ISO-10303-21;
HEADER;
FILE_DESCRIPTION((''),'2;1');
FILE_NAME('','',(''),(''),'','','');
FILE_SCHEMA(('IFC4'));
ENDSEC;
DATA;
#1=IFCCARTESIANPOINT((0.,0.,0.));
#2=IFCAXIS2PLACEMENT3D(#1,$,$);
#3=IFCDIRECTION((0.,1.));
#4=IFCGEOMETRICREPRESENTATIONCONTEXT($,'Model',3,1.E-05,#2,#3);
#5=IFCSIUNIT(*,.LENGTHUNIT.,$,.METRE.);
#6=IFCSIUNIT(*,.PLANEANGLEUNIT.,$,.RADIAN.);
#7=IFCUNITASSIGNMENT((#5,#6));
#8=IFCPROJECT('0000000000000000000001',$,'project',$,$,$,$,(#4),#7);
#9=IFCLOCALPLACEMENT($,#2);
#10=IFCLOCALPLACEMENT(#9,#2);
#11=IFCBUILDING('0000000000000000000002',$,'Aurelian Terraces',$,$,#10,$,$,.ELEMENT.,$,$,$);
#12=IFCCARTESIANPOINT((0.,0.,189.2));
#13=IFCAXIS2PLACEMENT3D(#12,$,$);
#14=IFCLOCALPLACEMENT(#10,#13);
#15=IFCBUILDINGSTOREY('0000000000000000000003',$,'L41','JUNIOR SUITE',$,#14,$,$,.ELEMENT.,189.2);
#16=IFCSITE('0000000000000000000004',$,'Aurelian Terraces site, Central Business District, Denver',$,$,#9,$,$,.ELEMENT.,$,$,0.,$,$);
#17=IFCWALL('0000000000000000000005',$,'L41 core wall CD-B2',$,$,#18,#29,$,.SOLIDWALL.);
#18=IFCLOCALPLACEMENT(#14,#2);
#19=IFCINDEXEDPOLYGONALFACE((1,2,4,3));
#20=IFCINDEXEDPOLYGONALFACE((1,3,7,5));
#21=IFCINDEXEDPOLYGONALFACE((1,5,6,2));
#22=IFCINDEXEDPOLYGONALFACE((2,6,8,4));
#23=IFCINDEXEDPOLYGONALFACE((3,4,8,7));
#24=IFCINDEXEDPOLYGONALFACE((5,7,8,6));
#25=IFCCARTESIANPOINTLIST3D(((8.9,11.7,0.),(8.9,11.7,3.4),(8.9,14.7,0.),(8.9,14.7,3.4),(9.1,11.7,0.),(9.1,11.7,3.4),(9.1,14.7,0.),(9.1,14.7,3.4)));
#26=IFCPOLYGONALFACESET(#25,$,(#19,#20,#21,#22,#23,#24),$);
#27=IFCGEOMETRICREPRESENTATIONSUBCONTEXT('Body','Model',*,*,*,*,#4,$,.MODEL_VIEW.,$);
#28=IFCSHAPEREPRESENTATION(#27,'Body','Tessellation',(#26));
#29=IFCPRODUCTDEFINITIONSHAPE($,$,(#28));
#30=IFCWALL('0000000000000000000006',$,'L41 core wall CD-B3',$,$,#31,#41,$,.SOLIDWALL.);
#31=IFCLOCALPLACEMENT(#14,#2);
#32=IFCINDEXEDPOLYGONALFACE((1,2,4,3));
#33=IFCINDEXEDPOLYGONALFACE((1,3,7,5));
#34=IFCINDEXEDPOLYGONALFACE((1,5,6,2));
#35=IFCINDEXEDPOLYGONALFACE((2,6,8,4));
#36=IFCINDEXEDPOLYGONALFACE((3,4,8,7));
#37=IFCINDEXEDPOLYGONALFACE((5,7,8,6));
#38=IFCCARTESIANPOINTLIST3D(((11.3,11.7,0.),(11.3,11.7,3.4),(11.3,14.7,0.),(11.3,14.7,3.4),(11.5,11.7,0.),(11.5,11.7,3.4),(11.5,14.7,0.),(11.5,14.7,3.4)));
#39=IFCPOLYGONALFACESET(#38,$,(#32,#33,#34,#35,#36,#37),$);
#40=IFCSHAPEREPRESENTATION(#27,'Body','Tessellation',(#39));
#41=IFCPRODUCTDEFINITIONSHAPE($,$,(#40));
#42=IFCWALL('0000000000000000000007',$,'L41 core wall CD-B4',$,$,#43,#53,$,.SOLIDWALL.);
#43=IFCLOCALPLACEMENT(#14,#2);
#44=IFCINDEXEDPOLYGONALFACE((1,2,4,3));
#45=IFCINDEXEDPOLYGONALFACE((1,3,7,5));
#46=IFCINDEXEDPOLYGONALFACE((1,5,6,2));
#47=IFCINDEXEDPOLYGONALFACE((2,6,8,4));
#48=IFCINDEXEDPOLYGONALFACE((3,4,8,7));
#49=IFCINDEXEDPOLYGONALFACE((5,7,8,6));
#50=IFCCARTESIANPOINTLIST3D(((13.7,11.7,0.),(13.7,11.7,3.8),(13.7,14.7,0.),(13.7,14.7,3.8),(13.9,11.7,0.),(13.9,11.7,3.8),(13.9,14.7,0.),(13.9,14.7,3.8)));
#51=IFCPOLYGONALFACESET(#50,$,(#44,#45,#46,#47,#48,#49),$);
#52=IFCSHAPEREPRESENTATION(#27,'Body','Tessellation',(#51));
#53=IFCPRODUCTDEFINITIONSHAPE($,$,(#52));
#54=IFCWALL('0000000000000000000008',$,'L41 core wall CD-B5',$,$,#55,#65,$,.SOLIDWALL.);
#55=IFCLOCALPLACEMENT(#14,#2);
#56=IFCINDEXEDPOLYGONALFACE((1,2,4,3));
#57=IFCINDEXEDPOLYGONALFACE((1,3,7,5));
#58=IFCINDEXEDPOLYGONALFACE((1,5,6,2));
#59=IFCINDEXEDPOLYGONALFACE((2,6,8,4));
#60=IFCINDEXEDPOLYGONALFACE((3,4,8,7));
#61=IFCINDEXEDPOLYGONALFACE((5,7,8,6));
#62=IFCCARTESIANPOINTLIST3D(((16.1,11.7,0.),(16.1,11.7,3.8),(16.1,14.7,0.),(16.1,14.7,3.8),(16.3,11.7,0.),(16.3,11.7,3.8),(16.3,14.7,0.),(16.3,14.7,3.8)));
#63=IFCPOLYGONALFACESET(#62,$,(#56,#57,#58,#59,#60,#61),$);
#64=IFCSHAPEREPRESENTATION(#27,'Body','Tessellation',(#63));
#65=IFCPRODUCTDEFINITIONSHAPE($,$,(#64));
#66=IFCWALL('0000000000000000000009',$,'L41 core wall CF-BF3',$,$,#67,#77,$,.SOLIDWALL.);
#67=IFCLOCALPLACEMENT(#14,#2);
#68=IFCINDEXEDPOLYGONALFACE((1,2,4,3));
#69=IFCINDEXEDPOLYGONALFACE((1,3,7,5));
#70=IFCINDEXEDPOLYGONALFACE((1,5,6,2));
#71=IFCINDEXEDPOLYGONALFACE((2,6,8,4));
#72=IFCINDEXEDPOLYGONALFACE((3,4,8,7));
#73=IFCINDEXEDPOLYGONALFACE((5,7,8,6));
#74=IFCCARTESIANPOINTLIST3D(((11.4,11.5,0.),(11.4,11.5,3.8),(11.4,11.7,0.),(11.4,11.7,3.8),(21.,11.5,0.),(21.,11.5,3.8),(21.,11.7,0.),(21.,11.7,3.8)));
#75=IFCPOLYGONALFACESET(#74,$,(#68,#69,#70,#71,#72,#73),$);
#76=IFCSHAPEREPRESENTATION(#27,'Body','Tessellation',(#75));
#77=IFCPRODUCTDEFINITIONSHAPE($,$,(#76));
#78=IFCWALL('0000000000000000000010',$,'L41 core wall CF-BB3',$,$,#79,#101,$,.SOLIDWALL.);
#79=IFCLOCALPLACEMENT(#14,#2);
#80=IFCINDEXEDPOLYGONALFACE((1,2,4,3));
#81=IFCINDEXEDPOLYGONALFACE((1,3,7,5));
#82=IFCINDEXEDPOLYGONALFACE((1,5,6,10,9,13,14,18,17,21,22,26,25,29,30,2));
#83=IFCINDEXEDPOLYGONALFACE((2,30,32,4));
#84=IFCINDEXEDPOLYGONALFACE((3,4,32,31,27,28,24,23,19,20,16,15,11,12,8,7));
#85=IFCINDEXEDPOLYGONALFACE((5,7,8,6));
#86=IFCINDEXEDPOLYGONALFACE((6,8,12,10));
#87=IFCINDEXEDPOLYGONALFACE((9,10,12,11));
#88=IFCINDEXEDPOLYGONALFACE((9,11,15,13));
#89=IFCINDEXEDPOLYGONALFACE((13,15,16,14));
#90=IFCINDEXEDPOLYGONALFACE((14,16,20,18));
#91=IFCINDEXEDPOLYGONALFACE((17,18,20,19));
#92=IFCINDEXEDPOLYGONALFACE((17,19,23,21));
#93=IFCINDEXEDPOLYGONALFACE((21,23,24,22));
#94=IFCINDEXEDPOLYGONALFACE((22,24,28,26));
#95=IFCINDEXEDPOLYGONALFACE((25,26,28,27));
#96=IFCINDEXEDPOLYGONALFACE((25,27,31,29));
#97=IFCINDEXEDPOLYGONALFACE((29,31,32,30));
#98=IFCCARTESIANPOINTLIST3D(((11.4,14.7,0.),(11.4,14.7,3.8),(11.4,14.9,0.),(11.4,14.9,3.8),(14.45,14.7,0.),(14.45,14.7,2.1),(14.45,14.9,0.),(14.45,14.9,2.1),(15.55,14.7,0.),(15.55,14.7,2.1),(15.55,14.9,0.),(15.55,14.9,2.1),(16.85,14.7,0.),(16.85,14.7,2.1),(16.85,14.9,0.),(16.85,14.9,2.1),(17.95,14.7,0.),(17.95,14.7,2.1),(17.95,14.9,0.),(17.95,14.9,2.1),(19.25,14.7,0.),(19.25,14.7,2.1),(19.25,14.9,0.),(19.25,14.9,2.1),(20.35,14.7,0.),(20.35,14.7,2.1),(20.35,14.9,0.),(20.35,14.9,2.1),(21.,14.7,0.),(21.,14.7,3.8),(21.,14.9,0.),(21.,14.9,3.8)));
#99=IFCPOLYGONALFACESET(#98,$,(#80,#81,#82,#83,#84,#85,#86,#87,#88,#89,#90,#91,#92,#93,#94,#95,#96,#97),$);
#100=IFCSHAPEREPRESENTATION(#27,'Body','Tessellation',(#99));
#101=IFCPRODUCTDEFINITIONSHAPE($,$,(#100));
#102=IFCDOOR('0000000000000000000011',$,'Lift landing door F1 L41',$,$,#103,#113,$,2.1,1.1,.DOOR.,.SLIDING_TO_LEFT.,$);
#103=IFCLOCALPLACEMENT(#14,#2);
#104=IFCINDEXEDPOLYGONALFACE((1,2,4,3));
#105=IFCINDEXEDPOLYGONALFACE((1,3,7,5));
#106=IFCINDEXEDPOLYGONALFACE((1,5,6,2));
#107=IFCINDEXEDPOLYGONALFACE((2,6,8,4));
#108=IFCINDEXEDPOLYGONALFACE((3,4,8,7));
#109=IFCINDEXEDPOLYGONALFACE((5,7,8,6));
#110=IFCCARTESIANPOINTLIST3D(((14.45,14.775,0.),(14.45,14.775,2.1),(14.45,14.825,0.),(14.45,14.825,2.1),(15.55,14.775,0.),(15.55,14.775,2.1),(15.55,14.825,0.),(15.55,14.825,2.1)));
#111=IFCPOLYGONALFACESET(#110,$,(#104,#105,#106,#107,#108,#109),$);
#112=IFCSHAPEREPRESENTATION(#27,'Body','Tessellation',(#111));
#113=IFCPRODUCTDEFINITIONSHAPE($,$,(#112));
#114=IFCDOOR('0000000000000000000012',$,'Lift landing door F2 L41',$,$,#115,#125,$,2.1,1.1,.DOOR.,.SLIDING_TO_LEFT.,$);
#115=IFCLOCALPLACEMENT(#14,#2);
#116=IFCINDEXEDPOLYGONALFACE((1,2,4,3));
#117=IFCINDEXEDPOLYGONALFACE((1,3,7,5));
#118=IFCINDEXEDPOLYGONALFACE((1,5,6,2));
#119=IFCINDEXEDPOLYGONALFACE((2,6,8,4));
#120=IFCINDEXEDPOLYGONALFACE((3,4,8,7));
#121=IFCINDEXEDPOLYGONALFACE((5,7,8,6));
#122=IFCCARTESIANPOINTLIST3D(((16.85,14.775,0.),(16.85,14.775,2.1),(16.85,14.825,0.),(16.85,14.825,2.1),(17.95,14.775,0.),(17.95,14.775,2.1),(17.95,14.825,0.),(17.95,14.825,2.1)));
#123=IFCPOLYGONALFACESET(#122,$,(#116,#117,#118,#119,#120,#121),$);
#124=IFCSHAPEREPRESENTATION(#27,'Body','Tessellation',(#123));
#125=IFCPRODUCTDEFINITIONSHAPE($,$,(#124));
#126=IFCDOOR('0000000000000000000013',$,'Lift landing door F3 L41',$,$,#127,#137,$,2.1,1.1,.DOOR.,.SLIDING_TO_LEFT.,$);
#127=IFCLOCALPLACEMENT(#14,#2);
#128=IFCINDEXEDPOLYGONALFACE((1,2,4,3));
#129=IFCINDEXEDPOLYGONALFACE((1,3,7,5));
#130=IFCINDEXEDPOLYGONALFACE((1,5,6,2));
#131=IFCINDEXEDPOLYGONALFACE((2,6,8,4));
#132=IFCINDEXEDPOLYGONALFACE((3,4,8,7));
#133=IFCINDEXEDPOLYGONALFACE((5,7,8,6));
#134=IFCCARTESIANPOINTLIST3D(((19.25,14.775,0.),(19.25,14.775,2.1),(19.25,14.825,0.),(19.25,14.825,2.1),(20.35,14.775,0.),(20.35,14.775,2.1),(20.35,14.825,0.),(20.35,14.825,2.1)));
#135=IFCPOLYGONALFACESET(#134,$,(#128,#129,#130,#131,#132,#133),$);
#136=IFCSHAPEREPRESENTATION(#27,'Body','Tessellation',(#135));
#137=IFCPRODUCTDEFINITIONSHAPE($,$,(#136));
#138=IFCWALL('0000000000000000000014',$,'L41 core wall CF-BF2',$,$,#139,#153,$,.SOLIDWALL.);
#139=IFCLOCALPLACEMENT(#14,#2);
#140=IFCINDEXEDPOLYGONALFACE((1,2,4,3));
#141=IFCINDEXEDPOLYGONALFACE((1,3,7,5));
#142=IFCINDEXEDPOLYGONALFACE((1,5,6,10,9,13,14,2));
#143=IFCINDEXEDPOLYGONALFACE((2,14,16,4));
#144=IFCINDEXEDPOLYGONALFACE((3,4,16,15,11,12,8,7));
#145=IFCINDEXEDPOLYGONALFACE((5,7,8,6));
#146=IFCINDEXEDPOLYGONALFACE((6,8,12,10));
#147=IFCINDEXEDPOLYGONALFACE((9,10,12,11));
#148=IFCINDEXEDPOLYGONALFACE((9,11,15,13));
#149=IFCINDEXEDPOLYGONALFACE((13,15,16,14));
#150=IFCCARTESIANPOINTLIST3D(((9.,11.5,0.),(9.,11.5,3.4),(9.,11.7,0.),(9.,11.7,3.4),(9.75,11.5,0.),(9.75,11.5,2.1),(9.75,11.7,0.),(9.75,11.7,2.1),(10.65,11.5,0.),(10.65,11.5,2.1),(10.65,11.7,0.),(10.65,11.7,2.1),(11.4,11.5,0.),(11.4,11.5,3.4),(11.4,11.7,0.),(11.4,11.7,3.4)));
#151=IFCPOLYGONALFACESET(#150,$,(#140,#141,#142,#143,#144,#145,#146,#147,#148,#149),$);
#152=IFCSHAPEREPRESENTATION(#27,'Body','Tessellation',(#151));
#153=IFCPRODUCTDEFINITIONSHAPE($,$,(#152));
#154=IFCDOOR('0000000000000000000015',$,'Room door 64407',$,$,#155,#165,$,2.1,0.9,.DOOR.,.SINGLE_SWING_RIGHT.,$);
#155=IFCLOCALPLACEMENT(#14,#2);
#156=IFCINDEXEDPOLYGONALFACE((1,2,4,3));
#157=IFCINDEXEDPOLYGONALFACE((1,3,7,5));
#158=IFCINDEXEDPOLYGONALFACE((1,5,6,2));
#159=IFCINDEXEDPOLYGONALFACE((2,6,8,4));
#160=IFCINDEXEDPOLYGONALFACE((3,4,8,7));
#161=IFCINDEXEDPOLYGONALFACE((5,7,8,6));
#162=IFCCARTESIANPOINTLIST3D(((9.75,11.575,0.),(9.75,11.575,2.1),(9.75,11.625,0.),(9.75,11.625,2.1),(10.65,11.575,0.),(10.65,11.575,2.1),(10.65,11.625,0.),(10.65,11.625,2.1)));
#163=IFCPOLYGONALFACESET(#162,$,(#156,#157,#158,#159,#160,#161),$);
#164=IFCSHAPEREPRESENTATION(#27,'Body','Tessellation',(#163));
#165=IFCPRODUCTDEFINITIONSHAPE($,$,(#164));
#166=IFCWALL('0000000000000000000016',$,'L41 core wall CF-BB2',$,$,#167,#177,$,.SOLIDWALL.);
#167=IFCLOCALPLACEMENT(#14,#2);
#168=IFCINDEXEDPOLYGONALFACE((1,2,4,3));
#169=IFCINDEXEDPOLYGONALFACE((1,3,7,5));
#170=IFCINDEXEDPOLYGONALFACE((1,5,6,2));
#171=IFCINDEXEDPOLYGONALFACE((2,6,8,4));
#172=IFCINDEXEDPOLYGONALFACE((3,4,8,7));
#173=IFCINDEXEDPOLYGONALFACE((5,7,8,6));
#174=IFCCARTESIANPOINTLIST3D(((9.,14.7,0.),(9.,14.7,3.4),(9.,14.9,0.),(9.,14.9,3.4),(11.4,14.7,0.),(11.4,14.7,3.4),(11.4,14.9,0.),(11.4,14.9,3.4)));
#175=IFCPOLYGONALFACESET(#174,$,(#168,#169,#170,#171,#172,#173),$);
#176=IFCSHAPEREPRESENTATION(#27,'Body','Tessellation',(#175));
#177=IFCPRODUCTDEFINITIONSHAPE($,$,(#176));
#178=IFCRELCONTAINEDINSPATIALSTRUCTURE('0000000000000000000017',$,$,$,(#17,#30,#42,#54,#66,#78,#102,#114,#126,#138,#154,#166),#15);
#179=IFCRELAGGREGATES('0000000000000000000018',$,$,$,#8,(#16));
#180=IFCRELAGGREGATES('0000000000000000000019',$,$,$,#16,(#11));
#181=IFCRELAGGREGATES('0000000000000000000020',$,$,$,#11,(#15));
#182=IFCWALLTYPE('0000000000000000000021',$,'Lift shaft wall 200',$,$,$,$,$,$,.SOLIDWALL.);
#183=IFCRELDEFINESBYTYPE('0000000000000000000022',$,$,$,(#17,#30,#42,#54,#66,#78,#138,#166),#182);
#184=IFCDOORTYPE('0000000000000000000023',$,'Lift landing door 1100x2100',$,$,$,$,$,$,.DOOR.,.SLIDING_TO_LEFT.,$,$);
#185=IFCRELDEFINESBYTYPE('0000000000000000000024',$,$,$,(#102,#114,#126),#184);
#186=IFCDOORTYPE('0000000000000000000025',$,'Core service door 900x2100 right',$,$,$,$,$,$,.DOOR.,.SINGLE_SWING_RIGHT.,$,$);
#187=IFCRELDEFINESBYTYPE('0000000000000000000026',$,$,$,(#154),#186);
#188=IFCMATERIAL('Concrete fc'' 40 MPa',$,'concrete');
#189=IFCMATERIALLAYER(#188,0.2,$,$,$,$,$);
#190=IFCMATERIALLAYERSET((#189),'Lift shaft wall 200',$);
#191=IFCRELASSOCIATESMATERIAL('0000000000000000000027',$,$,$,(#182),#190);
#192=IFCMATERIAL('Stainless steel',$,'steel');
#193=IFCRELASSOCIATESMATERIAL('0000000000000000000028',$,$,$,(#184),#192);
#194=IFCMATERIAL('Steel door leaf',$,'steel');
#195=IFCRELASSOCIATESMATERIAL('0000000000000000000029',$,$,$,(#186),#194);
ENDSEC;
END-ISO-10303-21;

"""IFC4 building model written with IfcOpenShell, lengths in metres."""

from ifc_helpers import new_model, si_unit, direction, frame, frame_2d, origin, place, context, subcontext, project, spatial, rectangle, extrude, source, transform, mapped, material, layer, layer_set, type_object, element, fill, save


model = new_model("IFC4")

# Units and contexts
model_context = context("Model", 3, precision=1e-05, world=origin(), true_north=direction((0.0, 1.0)))
body_context = subcontext(model_context, "Body", "Model", "MODEL_VIEW")
ifc_project = project(units=[si_unit("LENGTHUNIT", "METRE"), si_unit("PLANEANGLEUNIT", "RADIAN")], contexts=[model_context])

# Site, building, storey
site_placement = place(None, origin())
site = spatial("IfcSite", under=ifc_project, at=site_placement, Name="Aurelian Terraces site, Central Business District, Denver", CompositionType="ELEMENT", RefElevation=0.0)
building_placement = place(site_placement, origin())
building = spatial("IfcBuilding", under=site, at=building_placement, Name="Aurelian Terraces", CompositionType="ELEMENT")
storey_placement = place(building_placement, frame((0.0, 0.0, 189.2)))
storey = spatial("IfcBuildingStorey", under=building, at=storey_placement, Name="L41", Description="JUNIOR SUITE", CompositionType="ELEMENT", Elevation=189.2)

# Walls
ifc_material_1 = material(Name="Concrete fc' 40 MPa", Category="concrete")
ifc_layer_1 = layer(ifc_material_1, 0.2)
ifc_layer_set_1 = layer_set([ifc_layer_1], Name="Lift shaft wall 200")
wall_type_1 = type_object("IfcWallType", Name="Lift shaft wall 200", PredefinedType="SOLIDWALL", material=ifc_layer_set_1)
shared_shape_1 = source(origin(), body_context, "Body", "SweptSolid", [
    extrude(rectangle(XDim=3.0, YDim=0.2, at=frame_2d((1.5, 0.0))), origin(), (0.0, 0.0, 1.0), 3.4),
])
for number, where, z_axis, x_axis, name in (
    (1, (9.0, 11.7, 0.0), (0.0, 0.0, 1.0), (0.0, 1.0, 0.0), "L41 core wall CD-B2"),
    (2, (11.4, 11.7, 0.0), (0.0, 0.0, 1.0), (0.0, 1.0, 0.0), "L41 core wall CD-B3"),
):
    element("IfcWall", number, at=place(storey_placement, frame(where, z_axis=z_axis, x_axis=x_axis)), inside=storey, type_object=wall_type_1, Name=name, PredefinedType="SOLIDWALL", context=body_context, shape_type="MappedRepresentation", body=[
        mapped(shared_shape_1, transform((0.0, 0.0, 0.0), scale=1.0)),
    ])
shared_shape_2 = source(origin(), body_context, "Body", "SweptSolid", [
    extrude(rectangle(XDim=3.0, YDim=0.2, at=frame_2d((1.5, 0.0))), origin(), (0.0, 0.0, 1.0), 3.8),
])
for number, where, z_axis, x_axis, name in (
    (3, (13.8, 11.7, 0.0), (0.0, 0.0, 1.0), (0.0, 1.0, 0.0), "L41 core wall CD-B4"),
    (4, (16.2, 11.7, 0.0), (0.0, 0.0, 1.0), (0.0, 1.0, 0.0), "L41 core wall CD-B5"),
):
    element("IfcWall", number, at=place(storey_placement, frame(where, z_axis=z_axis, x_axis=x_axis)), inside=storey, type_object=wall_type_1, Name=name, PredefinedType="SOLIDWALL", context=body_context, shape_type="MappedRepresentation", body=[
        mapped(shared_shape_2, transform((0.0, 0.0, 0.0), scale=1.0)),
    ])
shared_shape_3 = source(origin(), body_context, "Body", "SweptSolid", [
    extrude(rectangle(XDim=9.6, YDim=0.2, at=frame_2d((4.8, 0.0))), origin(), (0.0, 0.0, 1.0), 3.8),
])
wall_1_placement = place(storey_placement, frame((11.4, 11.6, 0.0), z_axis=(0.0, 0.0, 1.0), x_axis=(1.0, 0.0, 0.0)))
element("IfcWall", 5, at=wall_1_placement, inside=storey, type_object=wall_type_1, Name="L41 core wall CF-BF3", PredefinedType="SOLIDWALL", context=body_context, shape_type="MappedRepresentation", body=[
    mapped(shared_shape_3, transform((0.0, 0.0, 0.0), scale=1.0)),
])

# Wall, openings, doors
wall_2_placement = place(storey_placement, frame((11.4, 14.8, 0.0), z_axis=(0.0, 0.0, 1.0), x_axis=(1.0, 0.0, 0.0)))
wall_2 = element("IfcWall", 6, at=wall_2_placement, inside=storey, type_object=wall_type_1, Name="L41 core wall CF-BB3", PredefinedType="SOLIDWALL", context=body_context, shape_type="MappedRepresentation", body=[
    mapped(shared_shape_3, transform((0.0, 0.0, 0.0), scale=1.0)),
])
shared_shape_4 = source(origin(), body_context, "Body", "SweptSolid", [
    extrude(rectangle(XDim=1.1, YDim=2.1, at=frame_2d((0.55, 1.05))), frame((0.0, 0.11, 0.0), z_axis=(0.0, -1.0, 0.0), x_axis=(1.0, 0.0, 0.0)), (0.0, 0.0, 1.0), 0.22),
])
opening_1_placement = place(wall_2_placement, frame((3.05, 0.0, 0.0)))
opening_1 = element("IfcOpeningElement", 7, at=opening_1_placement, cuts=wall_2, PredefinedType="OPENING", context=body_context, shape_type="MappedRepresentation", body=[
    mapped(shared_shape_4, transform((0.0, 0.0, 0.0), scale=1.0)),
])
opening_2_placement = place(wall_2_placement, frame((5.45, 0.0, 0.0)))
opening_2 = element("IfcOpeningElement", 8, at=opening_2_placement, cuts=wall_2, PredefinedType="OPENING", context=body_context, shape_type="MappedRepresentation", body=[
    mapped(shared_shape_4, transform((0.0, 0.0, 0.0), scale=1.0)),
])
opening_3_placement = place(wall_2_placement, frame((7.85, 0.0, 0.0)))
opening_3 = element("IfcOpeningElement", 9, at=opening_3_placement, cuts=wall_2, PredefinedType="OPENING", context=body_context, shape_type="MappedRepresentation", body=[
    mapped(shared_shape_4, transform((0.0, 0.0, 0.0), scale=1.0)),
])
ifc_material_2 = material(Name="Stainless steel", Category="steel")
door_type_1 = type_object("IfcDoorType", Name="Lift landing door 1100x2100", OperationType="SLIDING_TO_LEFT", PredefinedType="DOOR", material=ifc_material_2)
shared_shape_5 = source(origin(), body_context, "Body", "SweptSolid", [
    extrude(rectangle(XDim=1.1, YDim=2.1, at=frame_2d((0.55, 1.05))), frame((0.0, 0.025, 0.0), z_axis=(0.0, -1.0, 0.0), x_axis=(1.0, 0.0, 0.0)), (0.0, 0.0, 1.0), 0.05),
])
door_1_placement = place(opening_1_placement, origin())
door_1 = element("IfcDoor", 10, at=door_1_placement, inside=storey, type_object=door_type_1, Name="Lift landing door F1 L41", OperationType="SLIDING_TO_LEFT", OverallHeight=2.1, OverallWidth=1.1, PredefinedType="DOOR", context=body_context, shape_type="MappedRepresentation", body=[
    mapped(shared_shape_5, transform((0.0, 0.0, 0.0), scale=1.0)),
])
fill(opening_1, door_1)
door_2_placement = place(opening_2_placement, origin())
door_2 = element("IfcDoor", 11, at=door_2_placement, inside=storey, type_object=door_type_1, Name="Lift landing door F2 L41", OperationType="SLIDING_TO_LEFT", OverallHeight=2.1, OverallWidth=1.1, PredefinedType="DOOR", context=body_context, shape_type="MappedRepresentation", body=[
    mapped(shared_shape_5, transform((0.0, 0.0, 0.0), scale=1.0)),
])
fill(opening_2, door_2)
door_3_placement = place(opening_3_placement, origin())
door_3 = element("IfcDoor", 12, at=door_3_placement, inside=storey, type_object=door_type_1, Name="Lift landing door F3 L41", OperationType="SLIDING_TO_LEFT", OverallHeight=2.1, OverallWidth=1.1, PredefinedType="DOOR", context=body_context, shape_type="MappedRepresentation", body=[
    mapped(shared_shape_5, transform((0.0, 0.0, 0.0), scale=1.0)),
])
fill(opening_3, door_3)

# Wall, opening, door
shared_shape_6 = source(origin(), body_context, "Body", "SweptSolid", [
    extrude(rectangle(XDim=2.4, YDim=0.2, at=frame_2d((1.2, 0.0))), origin(), (0.0, 0.0, 1.0), 3.4),
])
wall_3_placement = place(storey_placement, frame((9.0, 11.6, 0.0), z_axis=(0.0, 0.0, 1.0), x_axis=(1.0, 0.0, 0.0)))
wall_3 = element("IfcWall", 13, at=wall_3_placement, inside=storey, type_object=wall_type_1, Name="L41 core wall CF-BF2", PredefinedType="SOLIDWALL", context=body_context, shape_type="MappedRepresentation", body=[
    mapped(shared_shape_6, transform((0.0, 0.0, 0.0), scale=1.0)),
])
shared_shape_7 = source(origin(), body_context, "Body", "SweptSolid", [
    extrude(rectangle(XDim=0.9, YDim=2.1, at=frame_2d((0.45, 1.05))), frame((0.0, 0.11, 0.0), z_axis=(0.0, -1.0, 0.0), x_axis=(1.0, 0.0, 0.0)), (0.0, 0.0, 1.0), 0.22),
])
opening_4_placement = place(wall_3_placement, frame((0.75, 0.0, 0.0)))
opening_4 = element("IfcOpeningElement", 14, at=opening_4_placement, cuts=wall_3, PredefinedType="OPENING", context=body_context, shape_type="MappedRepresentation", body=[
    mapped(shared_shape_7, transform((0.0, 0.0, 0.0), scale=1.0)),
])
ifc_material_3 = material(Name="Steel door leaf", Category="steel")
door_type_2 = type_object("IfcDoorType", Name="Core service door 900x2100 right", OperationType="SINGLE_SWING_RIGHT", PredefinedType="DOOR", material=ifc_material_3)
shared_shape_8 = source(origin(), body_context, "Body", "SweptSolid", [
    extrude(rectangle(XDim=0.9, YDim=2.1, at=frame_2d((0.45, 1.05))), frame((0.0, 0.025, 0.0), z_axis=(0.0, -1.0, 0.0), x_axis=(1.0, 0.0, 0.0)), (0.0, 0.0, 1.0), 0.05),
])
door_4_placement = place(opening_4_placement, origin())
door_4 = element("IfcDoor", 15, at=door_4_placement, inside=storey, type_object=door_type_2, Name="Room door 64407", OperationType="SINGLE_SWING_RIGHT", OverallHeight=2.1, OverallWidth=0.9, PredefinedType="DOOR", context=body_context, shape_type="MappedRepresentation", body=[
    mapped(shared_shape_8, transform((0.0, 0.0, 0.0), scale=1.0)),
])
fill(opening_4, door_4)

# Wall
wall_4_placement = place(storey_placement, frame((9.0, 14.8, 0.0), z_axis=(0.0, 0.0, 1.0), x_axis=(1.0, 0.0, 0.0)))
element("IfcWall", 16, at=wall_4_placement, inside=storey, type_object=wall_type_1, Name="L41 core wall CF-BB2", PredefinedType="SOLIDWALL", context=body_context, shape_type="MappedRepresentation", body=[
    mapped(shared_shape_6, transform((0.0, 0.0, 0.0), scale=1.0)),
])

save(model, "model.ifc")
